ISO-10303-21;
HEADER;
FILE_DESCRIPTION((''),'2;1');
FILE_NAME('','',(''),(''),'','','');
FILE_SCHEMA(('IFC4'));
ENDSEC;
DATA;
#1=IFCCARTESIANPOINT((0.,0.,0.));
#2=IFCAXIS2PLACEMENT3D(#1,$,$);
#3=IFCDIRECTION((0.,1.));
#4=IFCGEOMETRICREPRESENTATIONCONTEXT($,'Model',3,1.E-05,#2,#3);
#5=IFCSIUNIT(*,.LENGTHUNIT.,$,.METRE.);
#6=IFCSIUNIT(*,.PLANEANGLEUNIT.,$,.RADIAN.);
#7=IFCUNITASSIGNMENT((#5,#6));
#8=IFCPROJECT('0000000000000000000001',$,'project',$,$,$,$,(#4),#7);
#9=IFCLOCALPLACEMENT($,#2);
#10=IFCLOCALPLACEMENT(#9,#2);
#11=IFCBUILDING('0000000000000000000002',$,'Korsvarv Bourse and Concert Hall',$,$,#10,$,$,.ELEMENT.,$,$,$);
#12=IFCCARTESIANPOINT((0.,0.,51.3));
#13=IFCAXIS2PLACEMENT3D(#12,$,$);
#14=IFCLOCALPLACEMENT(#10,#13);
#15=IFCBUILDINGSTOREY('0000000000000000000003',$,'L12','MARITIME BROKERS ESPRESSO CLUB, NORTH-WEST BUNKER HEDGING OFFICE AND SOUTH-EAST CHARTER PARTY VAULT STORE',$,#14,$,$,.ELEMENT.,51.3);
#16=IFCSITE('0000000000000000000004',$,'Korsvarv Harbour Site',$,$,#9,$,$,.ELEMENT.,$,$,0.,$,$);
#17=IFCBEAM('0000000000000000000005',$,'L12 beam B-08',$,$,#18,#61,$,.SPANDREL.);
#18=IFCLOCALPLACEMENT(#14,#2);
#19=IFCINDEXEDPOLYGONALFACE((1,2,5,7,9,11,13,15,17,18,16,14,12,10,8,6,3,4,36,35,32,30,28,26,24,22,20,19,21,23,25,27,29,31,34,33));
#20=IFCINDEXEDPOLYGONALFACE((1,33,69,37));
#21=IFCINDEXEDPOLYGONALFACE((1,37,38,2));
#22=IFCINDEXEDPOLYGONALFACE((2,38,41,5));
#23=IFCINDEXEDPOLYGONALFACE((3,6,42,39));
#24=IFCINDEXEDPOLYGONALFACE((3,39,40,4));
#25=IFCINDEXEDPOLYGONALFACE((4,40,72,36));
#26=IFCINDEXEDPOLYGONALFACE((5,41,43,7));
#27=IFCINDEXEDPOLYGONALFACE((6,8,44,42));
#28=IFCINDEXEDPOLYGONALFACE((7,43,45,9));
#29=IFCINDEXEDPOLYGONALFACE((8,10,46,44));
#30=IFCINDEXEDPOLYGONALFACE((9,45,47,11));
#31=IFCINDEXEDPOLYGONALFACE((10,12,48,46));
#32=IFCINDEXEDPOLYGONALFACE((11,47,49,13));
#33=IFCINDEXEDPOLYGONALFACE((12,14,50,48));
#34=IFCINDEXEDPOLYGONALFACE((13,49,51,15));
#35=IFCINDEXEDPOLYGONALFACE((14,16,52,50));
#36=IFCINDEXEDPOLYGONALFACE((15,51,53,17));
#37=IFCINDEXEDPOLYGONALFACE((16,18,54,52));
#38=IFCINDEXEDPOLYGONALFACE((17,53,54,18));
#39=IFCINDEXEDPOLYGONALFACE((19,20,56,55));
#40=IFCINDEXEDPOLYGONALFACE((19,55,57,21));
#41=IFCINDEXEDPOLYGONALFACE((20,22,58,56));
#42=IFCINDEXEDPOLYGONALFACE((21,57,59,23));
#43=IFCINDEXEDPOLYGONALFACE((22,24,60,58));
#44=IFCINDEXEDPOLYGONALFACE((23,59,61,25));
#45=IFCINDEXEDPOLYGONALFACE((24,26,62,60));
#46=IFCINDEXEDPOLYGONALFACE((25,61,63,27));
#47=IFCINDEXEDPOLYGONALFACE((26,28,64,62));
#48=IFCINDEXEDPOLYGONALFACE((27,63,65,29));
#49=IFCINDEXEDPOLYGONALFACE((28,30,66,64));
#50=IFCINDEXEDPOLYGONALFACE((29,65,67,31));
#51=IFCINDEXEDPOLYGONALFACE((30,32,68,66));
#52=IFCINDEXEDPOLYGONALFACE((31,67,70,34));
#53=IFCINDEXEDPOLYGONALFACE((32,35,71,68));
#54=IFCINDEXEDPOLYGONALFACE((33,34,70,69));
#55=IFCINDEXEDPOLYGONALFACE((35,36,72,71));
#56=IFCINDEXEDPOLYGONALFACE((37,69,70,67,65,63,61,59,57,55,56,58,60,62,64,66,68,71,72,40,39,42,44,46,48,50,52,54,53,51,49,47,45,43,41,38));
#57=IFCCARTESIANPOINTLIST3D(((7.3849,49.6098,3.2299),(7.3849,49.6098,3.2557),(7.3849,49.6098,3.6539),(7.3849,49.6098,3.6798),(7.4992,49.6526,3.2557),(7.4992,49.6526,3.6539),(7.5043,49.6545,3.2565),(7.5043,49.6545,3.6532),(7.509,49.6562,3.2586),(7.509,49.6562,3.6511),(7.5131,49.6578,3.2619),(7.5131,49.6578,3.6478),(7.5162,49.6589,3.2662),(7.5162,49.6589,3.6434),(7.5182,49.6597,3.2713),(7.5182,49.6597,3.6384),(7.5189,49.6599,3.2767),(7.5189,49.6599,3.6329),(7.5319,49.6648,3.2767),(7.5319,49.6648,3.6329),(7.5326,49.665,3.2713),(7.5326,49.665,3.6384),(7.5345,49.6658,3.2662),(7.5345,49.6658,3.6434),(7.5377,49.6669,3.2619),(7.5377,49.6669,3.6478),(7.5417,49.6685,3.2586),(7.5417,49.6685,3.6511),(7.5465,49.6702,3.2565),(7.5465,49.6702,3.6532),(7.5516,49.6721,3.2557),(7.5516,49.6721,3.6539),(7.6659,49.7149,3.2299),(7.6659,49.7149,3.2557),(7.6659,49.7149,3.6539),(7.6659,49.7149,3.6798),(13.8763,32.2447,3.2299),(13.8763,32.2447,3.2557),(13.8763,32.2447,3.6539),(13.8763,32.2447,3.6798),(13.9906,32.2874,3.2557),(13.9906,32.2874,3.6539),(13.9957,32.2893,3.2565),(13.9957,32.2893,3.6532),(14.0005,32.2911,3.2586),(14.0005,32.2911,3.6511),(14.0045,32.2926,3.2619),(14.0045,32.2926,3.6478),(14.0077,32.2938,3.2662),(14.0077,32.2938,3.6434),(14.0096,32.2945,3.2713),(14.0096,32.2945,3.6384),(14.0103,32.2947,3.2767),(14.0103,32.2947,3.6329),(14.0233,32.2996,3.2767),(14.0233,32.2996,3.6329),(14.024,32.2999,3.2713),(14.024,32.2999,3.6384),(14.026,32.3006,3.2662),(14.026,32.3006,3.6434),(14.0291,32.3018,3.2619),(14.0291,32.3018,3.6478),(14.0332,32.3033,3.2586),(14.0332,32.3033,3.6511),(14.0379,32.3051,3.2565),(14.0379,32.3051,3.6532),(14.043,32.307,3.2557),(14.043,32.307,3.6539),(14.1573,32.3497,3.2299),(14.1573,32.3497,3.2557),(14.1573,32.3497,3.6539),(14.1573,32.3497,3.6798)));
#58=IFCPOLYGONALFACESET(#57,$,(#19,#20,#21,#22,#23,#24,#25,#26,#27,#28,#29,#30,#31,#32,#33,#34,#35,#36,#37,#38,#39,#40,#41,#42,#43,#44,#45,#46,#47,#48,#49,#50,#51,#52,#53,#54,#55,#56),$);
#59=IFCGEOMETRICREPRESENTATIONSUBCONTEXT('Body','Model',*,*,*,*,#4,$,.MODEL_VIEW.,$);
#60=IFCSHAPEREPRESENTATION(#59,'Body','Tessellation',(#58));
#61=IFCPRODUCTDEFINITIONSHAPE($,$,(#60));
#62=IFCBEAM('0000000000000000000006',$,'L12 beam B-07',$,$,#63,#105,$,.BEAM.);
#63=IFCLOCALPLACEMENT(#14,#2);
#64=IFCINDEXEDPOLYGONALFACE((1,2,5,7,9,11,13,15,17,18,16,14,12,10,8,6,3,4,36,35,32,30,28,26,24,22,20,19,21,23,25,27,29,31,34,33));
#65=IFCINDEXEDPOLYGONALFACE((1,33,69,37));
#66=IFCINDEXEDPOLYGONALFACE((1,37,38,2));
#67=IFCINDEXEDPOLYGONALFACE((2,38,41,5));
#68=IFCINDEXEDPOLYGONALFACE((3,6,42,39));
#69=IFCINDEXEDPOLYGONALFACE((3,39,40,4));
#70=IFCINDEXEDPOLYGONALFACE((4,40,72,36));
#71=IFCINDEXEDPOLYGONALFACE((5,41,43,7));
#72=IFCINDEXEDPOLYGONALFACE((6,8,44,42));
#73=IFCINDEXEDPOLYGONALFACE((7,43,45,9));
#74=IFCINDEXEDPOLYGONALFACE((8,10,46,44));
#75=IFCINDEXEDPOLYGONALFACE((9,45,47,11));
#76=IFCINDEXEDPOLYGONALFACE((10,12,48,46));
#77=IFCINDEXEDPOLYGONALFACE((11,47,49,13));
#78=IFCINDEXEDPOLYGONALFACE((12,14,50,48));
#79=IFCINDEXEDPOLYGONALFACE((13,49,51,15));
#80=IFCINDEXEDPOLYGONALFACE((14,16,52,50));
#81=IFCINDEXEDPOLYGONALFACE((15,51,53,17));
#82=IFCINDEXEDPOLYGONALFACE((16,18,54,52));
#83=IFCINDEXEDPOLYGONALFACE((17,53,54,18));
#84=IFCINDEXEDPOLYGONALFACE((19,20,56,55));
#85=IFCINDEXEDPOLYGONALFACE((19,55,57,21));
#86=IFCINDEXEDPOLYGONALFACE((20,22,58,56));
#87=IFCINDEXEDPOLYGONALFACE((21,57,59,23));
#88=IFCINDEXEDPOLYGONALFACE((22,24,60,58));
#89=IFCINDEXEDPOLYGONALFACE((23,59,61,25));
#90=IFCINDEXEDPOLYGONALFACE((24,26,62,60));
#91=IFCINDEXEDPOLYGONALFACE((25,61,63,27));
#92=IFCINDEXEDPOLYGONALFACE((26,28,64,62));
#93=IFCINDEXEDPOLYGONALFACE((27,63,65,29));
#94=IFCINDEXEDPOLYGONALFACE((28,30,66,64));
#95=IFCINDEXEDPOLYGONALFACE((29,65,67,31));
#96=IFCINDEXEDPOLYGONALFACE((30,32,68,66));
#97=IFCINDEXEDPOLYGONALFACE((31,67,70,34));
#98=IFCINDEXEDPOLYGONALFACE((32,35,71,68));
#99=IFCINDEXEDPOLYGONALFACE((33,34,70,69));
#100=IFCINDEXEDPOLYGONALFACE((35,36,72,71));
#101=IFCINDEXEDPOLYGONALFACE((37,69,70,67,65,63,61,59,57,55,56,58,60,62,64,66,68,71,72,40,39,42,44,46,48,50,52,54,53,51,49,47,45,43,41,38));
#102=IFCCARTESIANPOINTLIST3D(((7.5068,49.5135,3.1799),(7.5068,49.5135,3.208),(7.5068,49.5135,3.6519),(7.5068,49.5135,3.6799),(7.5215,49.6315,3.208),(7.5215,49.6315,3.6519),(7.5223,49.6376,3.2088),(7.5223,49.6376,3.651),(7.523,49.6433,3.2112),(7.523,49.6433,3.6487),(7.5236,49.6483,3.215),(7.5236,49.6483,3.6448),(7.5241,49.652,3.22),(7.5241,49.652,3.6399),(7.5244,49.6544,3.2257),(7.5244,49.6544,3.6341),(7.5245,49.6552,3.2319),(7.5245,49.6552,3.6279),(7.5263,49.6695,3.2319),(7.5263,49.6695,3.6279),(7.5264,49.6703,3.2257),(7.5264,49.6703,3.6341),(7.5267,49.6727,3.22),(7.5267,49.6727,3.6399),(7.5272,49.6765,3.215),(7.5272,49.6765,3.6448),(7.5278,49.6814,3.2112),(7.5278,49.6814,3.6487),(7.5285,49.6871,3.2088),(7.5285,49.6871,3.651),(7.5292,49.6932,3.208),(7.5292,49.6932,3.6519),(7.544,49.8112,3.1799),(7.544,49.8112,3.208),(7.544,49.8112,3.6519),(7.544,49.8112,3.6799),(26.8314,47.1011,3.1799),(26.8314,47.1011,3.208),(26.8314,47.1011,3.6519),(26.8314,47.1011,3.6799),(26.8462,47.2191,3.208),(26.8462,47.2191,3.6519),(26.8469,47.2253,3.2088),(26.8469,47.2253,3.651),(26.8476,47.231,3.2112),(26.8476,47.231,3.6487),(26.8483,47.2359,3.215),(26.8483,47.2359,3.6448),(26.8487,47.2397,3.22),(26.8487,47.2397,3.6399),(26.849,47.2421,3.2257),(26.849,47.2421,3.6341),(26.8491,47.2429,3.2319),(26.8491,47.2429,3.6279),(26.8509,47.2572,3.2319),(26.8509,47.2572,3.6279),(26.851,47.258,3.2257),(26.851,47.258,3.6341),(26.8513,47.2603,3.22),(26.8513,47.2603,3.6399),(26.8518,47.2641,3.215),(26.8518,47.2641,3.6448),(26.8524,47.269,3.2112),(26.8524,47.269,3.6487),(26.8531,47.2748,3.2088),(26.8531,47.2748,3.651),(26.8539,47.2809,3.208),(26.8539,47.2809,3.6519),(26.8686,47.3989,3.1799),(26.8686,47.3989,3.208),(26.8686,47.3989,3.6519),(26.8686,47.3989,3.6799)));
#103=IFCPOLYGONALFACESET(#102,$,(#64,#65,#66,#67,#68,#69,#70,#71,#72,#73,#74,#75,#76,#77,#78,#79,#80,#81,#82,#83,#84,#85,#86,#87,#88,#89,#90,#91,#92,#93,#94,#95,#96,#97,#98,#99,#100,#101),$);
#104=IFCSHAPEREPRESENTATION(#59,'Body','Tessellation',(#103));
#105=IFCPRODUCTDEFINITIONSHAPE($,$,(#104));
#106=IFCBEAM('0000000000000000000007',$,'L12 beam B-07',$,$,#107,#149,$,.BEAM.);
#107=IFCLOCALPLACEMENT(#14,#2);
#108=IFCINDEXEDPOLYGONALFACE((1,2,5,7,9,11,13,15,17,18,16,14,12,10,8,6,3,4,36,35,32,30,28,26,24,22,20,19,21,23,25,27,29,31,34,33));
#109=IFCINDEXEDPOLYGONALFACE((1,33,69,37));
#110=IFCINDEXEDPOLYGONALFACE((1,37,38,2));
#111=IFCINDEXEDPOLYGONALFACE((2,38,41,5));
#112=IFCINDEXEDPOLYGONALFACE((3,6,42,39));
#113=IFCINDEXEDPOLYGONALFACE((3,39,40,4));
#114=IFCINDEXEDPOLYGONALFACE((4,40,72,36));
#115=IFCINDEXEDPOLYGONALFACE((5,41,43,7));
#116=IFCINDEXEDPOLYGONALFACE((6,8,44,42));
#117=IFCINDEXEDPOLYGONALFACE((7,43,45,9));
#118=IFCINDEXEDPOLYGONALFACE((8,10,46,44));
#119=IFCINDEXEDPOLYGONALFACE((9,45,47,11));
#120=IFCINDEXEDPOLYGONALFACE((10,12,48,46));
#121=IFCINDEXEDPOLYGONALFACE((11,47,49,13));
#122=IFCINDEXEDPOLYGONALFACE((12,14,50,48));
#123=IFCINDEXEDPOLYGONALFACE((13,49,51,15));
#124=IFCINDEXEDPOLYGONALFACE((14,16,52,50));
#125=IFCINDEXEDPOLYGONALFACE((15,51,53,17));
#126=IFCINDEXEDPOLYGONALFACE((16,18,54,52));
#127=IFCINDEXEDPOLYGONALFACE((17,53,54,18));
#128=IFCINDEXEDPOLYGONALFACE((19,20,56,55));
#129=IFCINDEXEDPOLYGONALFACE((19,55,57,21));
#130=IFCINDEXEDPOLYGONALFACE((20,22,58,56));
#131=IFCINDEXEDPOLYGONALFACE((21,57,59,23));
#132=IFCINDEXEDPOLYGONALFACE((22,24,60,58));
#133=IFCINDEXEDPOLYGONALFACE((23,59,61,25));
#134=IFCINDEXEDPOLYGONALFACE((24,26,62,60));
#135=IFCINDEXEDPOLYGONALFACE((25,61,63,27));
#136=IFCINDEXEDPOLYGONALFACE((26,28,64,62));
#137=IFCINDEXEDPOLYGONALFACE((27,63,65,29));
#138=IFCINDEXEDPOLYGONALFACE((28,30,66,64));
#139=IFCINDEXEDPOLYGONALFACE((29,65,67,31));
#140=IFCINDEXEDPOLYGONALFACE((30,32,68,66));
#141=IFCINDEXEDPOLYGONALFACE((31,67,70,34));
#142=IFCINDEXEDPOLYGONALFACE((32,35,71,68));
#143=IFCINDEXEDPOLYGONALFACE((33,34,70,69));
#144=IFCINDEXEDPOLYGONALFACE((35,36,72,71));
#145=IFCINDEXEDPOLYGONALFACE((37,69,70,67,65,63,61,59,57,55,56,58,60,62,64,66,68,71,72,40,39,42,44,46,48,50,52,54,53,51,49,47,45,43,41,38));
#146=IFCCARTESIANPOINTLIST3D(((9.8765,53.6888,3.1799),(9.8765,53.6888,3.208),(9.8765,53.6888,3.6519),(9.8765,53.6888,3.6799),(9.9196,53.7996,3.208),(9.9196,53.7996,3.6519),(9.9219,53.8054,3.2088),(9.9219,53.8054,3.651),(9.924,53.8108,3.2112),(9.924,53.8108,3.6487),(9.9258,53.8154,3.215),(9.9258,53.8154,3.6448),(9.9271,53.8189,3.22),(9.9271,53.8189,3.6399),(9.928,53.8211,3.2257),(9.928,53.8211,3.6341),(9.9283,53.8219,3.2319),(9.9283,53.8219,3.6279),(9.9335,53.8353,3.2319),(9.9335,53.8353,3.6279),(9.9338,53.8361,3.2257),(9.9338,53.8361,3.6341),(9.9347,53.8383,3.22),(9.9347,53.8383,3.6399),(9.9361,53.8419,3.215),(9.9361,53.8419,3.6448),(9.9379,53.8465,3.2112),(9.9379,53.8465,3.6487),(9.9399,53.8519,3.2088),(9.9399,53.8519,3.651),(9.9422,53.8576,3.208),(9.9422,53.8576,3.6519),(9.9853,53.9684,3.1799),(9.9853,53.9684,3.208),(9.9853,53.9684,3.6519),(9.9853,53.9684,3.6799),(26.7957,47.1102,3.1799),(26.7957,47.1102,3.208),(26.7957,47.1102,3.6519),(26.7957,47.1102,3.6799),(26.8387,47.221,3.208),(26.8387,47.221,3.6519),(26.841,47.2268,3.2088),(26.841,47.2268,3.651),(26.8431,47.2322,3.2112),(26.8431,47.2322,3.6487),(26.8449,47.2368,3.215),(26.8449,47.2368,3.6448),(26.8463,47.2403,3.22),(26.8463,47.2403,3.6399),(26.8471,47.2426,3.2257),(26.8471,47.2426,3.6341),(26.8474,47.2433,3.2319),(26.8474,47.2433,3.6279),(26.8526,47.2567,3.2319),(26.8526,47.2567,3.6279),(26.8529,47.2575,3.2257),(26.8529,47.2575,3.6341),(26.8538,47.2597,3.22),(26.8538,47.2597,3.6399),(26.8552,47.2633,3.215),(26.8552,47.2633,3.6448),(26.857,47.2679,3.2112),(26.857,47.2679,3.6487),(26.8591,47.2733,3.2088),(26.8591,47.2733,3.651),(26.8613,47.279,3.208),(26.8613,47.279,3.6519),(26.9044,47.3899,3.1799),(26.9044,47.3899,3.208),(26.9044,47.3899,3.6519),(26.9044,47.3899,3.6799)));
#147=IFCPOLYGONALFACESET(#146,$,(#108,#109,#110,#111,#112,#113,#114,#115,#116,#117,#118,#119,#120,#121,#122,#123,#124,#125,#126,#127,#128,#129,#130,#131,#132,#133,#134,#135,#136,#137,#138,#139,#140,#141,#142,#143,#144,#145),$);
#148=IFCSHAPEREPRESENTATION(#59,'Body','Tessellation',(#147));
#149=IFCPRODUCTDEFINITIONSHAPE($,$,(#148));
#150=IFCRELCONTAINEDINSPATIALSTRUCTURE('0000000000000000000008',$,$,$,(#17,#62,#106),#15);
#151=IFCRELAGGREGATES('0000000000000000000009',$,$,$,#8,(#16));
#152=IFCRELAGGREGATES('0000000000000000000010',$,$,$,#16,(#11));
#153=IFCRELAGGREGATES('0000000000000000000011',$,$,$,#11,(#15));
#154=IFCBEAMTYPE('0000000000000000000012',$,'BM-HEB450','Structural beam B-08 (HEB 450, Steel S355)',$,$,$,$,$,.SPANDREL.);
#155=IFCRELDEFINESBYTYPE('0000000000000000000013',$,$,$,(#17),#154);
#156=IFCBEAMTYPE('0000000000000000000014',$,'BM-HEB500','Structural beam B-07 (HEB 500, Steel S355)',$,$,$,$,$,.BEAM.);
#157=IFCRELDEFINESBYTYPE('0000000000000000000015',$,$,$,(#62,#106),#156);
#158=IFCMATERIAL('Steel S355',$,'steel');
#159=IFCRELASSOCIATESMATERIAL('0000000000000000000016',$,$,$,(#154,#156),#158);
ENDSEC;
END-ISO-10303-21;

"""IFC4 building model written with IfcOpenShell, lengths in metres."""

from ifc_helpers import new_model, si_unit, direction, frame, origin, origin_2d, place, context, subcontext, project, spatial, i_section, extrude, source, transform, mapped, material, material_profile, profile_set, type_object, element, save


model = new_model("IFC4")

# Units and contexts
model_context = context("Model", 3, precision=1e-05, world=origin(), true_north=direction((0.0, 1.0)))
body_context = subcontext(model_context, "Body", "Model", "MODEL_VIEW")
ifc_project = project(units=[si_unit("LENGTHUNIT", "METRE"), si_unit("PLANEANGLEUNIT", "RADIAN")], contexts=[model_context])

# Site, building, storey
site_placement = place(None, origin())
site = spatial("IfcSite", under=ifc_project, at=site_placement, Name="Korsvarv Harbour Site", CompositionType="ELEMENT", RefElevation=0.0)
building_placement = place(site_placement, origin())
building = spatial("IfcBuilding", under=site, at=building_placement, Name="Korsvarv Bourse and Concert Hall", CompositionType="ELEMENT")
storey_placement = place(building_placement, frame((0.0, 0.0, 51.3)))
storey = spatial("IfcBuildingStorey", under=building, at=storey_placement, Name="L12", Description="MARITIME BROKERS ESPRESSO CLUB, NORTH-WEST BUNKER HEDGING OFFICE AND SOUTH-EAST CHARTER PARTY VAULT STORE", CompositionType="ELEMENT", Elevation=51.3)

# Beams
ifc_material_1 = material(Name="Steel S355", Category="steel")
ifc_material_profile_1 = material_profile(ifc_material_1, i_section(OverallWidth=0.3, OverallDepth=0.45, WebThickness=0.0139, FlangeThickness=0.0259, FilletRadius=0.021, at=origin_2d()), Name="HEB 450")
ifc_profile_set_1 = profile_set([ifc_material_profile_1], Name="Steel S355")
beam_type_1 = type_object("IfcBeamType", Name="BM-HEB450", Description="Structural beam B-08 (HEB 450, Steel S355)", PredefinedType="SPANDREL", material=ifc_profile_set_1)
shared_shape_1 = source(origin(), body_context, "Body", "SweptSolid", [
    extrude(i_section(OverallWidth=0.3, OverallDepth=0.45, WebThickness=0.0139, FlangeThickness=0.0259, FilletRadius=0.021, at=origin_2d()), origin(), (0.0, 0.0, 1.0), 18.5388),
])
beam_1_placement = place(storey_placement, frame((7.5254, 49.6624, 3.4548), z_axis=(0.350153, -0.936692, 0.0), x_axis=(0.936692, 0.350153, 0.0)))
element("IfcBeam", 1, at=beam_1_placement, inside=storey, type_object=beam_type_1, Name="L12 beam B-08", PredefinedType="SPANDREL", context=body_context, shape_type="MappedRepresentation", body=[
    mapped(shared_shape_1, transform((0.0, 0.0, 0.0), scale=1.0)),
])
ifc_material_profile_2 = material_profile(ifc_material_1, i_section(OverallWidth=0.3, OverallDepth=0.5, WebThickness=0.0144, FlangeThickness=0.0281, FilletRadius=0.0239, at=origin_2d()), Name="HEB 500")
ifc_profile_set_2 = profile_set([ifc_material_profile_2], Name="Steel S355")
beam_type_2 = type_object("IfcBeamType", Name="BM-HEB500", Description="Structural beam B-07 (HEB 500, Steel S355)", PredefinedType="BEAM", material=ifc_profile_set_2)
shared_shape_2 = source(origin(), body_context, "Body", "SweptSolid", [
    extrude(i_section(OverallWidth=0.3, OverallDepth=0.5, WebThickness=0.0144, FlangeThickness=0.0281, FilletRadius=0.0239, at=origin_2d()), origin(), (0.0, 0.0, 1.0), 19.4746),
])
beam_2_placement = place(storey_placement, frame((7.5254, 49.6624, 3.4299), z_axis=(0.992298, -0.123871, 0.0), x_axis=(0.123871, 0.992298, 0.0)))
element("IfcBeam", 2, at=beam_2_placement, inside=storey, type_object=beam_type_2, Name="L12 beam B-07", PredefinedType="BEAM", context=body_context, shape_type="MappedRepresentation", body=[
    mapped(shared_shape_2, transform((0.0, 0.0, 0.0), scale=1.0)),
])
shared_shape_3 = source(origin(), body_context, "Body", "SweptSolid", [
    extrude(i_section(OverallWidth=0.3, OverallDepth=0.5, WebThickness=0.0144, FlangeThickness=0.0281, FilletRadius=0.0239, at=origin_2d()), origin(), (0.0, 0.0, 1.0), 18.1531),
])
beam_3_placement = place(storey_placement, frame((9.9309, 53.8286, 3.4299), z_axis=(0.932025, -0.362395, 0.0), x_axis=(0.362395, 0.932025, 0.0)))
element("IfcBeam", 3, at=beam_3_placement, inside=storey, type_object=beam_type_2, Name="L12 beam B-07", PredefinedType="BEAM", context=body_context, shape_type="MappedRepresentation", body=[
    mapped(shared_shape_3, transform((0.0, 0.0, 0.0), scale=1.0)),
])

save(model, "model.ifc")
